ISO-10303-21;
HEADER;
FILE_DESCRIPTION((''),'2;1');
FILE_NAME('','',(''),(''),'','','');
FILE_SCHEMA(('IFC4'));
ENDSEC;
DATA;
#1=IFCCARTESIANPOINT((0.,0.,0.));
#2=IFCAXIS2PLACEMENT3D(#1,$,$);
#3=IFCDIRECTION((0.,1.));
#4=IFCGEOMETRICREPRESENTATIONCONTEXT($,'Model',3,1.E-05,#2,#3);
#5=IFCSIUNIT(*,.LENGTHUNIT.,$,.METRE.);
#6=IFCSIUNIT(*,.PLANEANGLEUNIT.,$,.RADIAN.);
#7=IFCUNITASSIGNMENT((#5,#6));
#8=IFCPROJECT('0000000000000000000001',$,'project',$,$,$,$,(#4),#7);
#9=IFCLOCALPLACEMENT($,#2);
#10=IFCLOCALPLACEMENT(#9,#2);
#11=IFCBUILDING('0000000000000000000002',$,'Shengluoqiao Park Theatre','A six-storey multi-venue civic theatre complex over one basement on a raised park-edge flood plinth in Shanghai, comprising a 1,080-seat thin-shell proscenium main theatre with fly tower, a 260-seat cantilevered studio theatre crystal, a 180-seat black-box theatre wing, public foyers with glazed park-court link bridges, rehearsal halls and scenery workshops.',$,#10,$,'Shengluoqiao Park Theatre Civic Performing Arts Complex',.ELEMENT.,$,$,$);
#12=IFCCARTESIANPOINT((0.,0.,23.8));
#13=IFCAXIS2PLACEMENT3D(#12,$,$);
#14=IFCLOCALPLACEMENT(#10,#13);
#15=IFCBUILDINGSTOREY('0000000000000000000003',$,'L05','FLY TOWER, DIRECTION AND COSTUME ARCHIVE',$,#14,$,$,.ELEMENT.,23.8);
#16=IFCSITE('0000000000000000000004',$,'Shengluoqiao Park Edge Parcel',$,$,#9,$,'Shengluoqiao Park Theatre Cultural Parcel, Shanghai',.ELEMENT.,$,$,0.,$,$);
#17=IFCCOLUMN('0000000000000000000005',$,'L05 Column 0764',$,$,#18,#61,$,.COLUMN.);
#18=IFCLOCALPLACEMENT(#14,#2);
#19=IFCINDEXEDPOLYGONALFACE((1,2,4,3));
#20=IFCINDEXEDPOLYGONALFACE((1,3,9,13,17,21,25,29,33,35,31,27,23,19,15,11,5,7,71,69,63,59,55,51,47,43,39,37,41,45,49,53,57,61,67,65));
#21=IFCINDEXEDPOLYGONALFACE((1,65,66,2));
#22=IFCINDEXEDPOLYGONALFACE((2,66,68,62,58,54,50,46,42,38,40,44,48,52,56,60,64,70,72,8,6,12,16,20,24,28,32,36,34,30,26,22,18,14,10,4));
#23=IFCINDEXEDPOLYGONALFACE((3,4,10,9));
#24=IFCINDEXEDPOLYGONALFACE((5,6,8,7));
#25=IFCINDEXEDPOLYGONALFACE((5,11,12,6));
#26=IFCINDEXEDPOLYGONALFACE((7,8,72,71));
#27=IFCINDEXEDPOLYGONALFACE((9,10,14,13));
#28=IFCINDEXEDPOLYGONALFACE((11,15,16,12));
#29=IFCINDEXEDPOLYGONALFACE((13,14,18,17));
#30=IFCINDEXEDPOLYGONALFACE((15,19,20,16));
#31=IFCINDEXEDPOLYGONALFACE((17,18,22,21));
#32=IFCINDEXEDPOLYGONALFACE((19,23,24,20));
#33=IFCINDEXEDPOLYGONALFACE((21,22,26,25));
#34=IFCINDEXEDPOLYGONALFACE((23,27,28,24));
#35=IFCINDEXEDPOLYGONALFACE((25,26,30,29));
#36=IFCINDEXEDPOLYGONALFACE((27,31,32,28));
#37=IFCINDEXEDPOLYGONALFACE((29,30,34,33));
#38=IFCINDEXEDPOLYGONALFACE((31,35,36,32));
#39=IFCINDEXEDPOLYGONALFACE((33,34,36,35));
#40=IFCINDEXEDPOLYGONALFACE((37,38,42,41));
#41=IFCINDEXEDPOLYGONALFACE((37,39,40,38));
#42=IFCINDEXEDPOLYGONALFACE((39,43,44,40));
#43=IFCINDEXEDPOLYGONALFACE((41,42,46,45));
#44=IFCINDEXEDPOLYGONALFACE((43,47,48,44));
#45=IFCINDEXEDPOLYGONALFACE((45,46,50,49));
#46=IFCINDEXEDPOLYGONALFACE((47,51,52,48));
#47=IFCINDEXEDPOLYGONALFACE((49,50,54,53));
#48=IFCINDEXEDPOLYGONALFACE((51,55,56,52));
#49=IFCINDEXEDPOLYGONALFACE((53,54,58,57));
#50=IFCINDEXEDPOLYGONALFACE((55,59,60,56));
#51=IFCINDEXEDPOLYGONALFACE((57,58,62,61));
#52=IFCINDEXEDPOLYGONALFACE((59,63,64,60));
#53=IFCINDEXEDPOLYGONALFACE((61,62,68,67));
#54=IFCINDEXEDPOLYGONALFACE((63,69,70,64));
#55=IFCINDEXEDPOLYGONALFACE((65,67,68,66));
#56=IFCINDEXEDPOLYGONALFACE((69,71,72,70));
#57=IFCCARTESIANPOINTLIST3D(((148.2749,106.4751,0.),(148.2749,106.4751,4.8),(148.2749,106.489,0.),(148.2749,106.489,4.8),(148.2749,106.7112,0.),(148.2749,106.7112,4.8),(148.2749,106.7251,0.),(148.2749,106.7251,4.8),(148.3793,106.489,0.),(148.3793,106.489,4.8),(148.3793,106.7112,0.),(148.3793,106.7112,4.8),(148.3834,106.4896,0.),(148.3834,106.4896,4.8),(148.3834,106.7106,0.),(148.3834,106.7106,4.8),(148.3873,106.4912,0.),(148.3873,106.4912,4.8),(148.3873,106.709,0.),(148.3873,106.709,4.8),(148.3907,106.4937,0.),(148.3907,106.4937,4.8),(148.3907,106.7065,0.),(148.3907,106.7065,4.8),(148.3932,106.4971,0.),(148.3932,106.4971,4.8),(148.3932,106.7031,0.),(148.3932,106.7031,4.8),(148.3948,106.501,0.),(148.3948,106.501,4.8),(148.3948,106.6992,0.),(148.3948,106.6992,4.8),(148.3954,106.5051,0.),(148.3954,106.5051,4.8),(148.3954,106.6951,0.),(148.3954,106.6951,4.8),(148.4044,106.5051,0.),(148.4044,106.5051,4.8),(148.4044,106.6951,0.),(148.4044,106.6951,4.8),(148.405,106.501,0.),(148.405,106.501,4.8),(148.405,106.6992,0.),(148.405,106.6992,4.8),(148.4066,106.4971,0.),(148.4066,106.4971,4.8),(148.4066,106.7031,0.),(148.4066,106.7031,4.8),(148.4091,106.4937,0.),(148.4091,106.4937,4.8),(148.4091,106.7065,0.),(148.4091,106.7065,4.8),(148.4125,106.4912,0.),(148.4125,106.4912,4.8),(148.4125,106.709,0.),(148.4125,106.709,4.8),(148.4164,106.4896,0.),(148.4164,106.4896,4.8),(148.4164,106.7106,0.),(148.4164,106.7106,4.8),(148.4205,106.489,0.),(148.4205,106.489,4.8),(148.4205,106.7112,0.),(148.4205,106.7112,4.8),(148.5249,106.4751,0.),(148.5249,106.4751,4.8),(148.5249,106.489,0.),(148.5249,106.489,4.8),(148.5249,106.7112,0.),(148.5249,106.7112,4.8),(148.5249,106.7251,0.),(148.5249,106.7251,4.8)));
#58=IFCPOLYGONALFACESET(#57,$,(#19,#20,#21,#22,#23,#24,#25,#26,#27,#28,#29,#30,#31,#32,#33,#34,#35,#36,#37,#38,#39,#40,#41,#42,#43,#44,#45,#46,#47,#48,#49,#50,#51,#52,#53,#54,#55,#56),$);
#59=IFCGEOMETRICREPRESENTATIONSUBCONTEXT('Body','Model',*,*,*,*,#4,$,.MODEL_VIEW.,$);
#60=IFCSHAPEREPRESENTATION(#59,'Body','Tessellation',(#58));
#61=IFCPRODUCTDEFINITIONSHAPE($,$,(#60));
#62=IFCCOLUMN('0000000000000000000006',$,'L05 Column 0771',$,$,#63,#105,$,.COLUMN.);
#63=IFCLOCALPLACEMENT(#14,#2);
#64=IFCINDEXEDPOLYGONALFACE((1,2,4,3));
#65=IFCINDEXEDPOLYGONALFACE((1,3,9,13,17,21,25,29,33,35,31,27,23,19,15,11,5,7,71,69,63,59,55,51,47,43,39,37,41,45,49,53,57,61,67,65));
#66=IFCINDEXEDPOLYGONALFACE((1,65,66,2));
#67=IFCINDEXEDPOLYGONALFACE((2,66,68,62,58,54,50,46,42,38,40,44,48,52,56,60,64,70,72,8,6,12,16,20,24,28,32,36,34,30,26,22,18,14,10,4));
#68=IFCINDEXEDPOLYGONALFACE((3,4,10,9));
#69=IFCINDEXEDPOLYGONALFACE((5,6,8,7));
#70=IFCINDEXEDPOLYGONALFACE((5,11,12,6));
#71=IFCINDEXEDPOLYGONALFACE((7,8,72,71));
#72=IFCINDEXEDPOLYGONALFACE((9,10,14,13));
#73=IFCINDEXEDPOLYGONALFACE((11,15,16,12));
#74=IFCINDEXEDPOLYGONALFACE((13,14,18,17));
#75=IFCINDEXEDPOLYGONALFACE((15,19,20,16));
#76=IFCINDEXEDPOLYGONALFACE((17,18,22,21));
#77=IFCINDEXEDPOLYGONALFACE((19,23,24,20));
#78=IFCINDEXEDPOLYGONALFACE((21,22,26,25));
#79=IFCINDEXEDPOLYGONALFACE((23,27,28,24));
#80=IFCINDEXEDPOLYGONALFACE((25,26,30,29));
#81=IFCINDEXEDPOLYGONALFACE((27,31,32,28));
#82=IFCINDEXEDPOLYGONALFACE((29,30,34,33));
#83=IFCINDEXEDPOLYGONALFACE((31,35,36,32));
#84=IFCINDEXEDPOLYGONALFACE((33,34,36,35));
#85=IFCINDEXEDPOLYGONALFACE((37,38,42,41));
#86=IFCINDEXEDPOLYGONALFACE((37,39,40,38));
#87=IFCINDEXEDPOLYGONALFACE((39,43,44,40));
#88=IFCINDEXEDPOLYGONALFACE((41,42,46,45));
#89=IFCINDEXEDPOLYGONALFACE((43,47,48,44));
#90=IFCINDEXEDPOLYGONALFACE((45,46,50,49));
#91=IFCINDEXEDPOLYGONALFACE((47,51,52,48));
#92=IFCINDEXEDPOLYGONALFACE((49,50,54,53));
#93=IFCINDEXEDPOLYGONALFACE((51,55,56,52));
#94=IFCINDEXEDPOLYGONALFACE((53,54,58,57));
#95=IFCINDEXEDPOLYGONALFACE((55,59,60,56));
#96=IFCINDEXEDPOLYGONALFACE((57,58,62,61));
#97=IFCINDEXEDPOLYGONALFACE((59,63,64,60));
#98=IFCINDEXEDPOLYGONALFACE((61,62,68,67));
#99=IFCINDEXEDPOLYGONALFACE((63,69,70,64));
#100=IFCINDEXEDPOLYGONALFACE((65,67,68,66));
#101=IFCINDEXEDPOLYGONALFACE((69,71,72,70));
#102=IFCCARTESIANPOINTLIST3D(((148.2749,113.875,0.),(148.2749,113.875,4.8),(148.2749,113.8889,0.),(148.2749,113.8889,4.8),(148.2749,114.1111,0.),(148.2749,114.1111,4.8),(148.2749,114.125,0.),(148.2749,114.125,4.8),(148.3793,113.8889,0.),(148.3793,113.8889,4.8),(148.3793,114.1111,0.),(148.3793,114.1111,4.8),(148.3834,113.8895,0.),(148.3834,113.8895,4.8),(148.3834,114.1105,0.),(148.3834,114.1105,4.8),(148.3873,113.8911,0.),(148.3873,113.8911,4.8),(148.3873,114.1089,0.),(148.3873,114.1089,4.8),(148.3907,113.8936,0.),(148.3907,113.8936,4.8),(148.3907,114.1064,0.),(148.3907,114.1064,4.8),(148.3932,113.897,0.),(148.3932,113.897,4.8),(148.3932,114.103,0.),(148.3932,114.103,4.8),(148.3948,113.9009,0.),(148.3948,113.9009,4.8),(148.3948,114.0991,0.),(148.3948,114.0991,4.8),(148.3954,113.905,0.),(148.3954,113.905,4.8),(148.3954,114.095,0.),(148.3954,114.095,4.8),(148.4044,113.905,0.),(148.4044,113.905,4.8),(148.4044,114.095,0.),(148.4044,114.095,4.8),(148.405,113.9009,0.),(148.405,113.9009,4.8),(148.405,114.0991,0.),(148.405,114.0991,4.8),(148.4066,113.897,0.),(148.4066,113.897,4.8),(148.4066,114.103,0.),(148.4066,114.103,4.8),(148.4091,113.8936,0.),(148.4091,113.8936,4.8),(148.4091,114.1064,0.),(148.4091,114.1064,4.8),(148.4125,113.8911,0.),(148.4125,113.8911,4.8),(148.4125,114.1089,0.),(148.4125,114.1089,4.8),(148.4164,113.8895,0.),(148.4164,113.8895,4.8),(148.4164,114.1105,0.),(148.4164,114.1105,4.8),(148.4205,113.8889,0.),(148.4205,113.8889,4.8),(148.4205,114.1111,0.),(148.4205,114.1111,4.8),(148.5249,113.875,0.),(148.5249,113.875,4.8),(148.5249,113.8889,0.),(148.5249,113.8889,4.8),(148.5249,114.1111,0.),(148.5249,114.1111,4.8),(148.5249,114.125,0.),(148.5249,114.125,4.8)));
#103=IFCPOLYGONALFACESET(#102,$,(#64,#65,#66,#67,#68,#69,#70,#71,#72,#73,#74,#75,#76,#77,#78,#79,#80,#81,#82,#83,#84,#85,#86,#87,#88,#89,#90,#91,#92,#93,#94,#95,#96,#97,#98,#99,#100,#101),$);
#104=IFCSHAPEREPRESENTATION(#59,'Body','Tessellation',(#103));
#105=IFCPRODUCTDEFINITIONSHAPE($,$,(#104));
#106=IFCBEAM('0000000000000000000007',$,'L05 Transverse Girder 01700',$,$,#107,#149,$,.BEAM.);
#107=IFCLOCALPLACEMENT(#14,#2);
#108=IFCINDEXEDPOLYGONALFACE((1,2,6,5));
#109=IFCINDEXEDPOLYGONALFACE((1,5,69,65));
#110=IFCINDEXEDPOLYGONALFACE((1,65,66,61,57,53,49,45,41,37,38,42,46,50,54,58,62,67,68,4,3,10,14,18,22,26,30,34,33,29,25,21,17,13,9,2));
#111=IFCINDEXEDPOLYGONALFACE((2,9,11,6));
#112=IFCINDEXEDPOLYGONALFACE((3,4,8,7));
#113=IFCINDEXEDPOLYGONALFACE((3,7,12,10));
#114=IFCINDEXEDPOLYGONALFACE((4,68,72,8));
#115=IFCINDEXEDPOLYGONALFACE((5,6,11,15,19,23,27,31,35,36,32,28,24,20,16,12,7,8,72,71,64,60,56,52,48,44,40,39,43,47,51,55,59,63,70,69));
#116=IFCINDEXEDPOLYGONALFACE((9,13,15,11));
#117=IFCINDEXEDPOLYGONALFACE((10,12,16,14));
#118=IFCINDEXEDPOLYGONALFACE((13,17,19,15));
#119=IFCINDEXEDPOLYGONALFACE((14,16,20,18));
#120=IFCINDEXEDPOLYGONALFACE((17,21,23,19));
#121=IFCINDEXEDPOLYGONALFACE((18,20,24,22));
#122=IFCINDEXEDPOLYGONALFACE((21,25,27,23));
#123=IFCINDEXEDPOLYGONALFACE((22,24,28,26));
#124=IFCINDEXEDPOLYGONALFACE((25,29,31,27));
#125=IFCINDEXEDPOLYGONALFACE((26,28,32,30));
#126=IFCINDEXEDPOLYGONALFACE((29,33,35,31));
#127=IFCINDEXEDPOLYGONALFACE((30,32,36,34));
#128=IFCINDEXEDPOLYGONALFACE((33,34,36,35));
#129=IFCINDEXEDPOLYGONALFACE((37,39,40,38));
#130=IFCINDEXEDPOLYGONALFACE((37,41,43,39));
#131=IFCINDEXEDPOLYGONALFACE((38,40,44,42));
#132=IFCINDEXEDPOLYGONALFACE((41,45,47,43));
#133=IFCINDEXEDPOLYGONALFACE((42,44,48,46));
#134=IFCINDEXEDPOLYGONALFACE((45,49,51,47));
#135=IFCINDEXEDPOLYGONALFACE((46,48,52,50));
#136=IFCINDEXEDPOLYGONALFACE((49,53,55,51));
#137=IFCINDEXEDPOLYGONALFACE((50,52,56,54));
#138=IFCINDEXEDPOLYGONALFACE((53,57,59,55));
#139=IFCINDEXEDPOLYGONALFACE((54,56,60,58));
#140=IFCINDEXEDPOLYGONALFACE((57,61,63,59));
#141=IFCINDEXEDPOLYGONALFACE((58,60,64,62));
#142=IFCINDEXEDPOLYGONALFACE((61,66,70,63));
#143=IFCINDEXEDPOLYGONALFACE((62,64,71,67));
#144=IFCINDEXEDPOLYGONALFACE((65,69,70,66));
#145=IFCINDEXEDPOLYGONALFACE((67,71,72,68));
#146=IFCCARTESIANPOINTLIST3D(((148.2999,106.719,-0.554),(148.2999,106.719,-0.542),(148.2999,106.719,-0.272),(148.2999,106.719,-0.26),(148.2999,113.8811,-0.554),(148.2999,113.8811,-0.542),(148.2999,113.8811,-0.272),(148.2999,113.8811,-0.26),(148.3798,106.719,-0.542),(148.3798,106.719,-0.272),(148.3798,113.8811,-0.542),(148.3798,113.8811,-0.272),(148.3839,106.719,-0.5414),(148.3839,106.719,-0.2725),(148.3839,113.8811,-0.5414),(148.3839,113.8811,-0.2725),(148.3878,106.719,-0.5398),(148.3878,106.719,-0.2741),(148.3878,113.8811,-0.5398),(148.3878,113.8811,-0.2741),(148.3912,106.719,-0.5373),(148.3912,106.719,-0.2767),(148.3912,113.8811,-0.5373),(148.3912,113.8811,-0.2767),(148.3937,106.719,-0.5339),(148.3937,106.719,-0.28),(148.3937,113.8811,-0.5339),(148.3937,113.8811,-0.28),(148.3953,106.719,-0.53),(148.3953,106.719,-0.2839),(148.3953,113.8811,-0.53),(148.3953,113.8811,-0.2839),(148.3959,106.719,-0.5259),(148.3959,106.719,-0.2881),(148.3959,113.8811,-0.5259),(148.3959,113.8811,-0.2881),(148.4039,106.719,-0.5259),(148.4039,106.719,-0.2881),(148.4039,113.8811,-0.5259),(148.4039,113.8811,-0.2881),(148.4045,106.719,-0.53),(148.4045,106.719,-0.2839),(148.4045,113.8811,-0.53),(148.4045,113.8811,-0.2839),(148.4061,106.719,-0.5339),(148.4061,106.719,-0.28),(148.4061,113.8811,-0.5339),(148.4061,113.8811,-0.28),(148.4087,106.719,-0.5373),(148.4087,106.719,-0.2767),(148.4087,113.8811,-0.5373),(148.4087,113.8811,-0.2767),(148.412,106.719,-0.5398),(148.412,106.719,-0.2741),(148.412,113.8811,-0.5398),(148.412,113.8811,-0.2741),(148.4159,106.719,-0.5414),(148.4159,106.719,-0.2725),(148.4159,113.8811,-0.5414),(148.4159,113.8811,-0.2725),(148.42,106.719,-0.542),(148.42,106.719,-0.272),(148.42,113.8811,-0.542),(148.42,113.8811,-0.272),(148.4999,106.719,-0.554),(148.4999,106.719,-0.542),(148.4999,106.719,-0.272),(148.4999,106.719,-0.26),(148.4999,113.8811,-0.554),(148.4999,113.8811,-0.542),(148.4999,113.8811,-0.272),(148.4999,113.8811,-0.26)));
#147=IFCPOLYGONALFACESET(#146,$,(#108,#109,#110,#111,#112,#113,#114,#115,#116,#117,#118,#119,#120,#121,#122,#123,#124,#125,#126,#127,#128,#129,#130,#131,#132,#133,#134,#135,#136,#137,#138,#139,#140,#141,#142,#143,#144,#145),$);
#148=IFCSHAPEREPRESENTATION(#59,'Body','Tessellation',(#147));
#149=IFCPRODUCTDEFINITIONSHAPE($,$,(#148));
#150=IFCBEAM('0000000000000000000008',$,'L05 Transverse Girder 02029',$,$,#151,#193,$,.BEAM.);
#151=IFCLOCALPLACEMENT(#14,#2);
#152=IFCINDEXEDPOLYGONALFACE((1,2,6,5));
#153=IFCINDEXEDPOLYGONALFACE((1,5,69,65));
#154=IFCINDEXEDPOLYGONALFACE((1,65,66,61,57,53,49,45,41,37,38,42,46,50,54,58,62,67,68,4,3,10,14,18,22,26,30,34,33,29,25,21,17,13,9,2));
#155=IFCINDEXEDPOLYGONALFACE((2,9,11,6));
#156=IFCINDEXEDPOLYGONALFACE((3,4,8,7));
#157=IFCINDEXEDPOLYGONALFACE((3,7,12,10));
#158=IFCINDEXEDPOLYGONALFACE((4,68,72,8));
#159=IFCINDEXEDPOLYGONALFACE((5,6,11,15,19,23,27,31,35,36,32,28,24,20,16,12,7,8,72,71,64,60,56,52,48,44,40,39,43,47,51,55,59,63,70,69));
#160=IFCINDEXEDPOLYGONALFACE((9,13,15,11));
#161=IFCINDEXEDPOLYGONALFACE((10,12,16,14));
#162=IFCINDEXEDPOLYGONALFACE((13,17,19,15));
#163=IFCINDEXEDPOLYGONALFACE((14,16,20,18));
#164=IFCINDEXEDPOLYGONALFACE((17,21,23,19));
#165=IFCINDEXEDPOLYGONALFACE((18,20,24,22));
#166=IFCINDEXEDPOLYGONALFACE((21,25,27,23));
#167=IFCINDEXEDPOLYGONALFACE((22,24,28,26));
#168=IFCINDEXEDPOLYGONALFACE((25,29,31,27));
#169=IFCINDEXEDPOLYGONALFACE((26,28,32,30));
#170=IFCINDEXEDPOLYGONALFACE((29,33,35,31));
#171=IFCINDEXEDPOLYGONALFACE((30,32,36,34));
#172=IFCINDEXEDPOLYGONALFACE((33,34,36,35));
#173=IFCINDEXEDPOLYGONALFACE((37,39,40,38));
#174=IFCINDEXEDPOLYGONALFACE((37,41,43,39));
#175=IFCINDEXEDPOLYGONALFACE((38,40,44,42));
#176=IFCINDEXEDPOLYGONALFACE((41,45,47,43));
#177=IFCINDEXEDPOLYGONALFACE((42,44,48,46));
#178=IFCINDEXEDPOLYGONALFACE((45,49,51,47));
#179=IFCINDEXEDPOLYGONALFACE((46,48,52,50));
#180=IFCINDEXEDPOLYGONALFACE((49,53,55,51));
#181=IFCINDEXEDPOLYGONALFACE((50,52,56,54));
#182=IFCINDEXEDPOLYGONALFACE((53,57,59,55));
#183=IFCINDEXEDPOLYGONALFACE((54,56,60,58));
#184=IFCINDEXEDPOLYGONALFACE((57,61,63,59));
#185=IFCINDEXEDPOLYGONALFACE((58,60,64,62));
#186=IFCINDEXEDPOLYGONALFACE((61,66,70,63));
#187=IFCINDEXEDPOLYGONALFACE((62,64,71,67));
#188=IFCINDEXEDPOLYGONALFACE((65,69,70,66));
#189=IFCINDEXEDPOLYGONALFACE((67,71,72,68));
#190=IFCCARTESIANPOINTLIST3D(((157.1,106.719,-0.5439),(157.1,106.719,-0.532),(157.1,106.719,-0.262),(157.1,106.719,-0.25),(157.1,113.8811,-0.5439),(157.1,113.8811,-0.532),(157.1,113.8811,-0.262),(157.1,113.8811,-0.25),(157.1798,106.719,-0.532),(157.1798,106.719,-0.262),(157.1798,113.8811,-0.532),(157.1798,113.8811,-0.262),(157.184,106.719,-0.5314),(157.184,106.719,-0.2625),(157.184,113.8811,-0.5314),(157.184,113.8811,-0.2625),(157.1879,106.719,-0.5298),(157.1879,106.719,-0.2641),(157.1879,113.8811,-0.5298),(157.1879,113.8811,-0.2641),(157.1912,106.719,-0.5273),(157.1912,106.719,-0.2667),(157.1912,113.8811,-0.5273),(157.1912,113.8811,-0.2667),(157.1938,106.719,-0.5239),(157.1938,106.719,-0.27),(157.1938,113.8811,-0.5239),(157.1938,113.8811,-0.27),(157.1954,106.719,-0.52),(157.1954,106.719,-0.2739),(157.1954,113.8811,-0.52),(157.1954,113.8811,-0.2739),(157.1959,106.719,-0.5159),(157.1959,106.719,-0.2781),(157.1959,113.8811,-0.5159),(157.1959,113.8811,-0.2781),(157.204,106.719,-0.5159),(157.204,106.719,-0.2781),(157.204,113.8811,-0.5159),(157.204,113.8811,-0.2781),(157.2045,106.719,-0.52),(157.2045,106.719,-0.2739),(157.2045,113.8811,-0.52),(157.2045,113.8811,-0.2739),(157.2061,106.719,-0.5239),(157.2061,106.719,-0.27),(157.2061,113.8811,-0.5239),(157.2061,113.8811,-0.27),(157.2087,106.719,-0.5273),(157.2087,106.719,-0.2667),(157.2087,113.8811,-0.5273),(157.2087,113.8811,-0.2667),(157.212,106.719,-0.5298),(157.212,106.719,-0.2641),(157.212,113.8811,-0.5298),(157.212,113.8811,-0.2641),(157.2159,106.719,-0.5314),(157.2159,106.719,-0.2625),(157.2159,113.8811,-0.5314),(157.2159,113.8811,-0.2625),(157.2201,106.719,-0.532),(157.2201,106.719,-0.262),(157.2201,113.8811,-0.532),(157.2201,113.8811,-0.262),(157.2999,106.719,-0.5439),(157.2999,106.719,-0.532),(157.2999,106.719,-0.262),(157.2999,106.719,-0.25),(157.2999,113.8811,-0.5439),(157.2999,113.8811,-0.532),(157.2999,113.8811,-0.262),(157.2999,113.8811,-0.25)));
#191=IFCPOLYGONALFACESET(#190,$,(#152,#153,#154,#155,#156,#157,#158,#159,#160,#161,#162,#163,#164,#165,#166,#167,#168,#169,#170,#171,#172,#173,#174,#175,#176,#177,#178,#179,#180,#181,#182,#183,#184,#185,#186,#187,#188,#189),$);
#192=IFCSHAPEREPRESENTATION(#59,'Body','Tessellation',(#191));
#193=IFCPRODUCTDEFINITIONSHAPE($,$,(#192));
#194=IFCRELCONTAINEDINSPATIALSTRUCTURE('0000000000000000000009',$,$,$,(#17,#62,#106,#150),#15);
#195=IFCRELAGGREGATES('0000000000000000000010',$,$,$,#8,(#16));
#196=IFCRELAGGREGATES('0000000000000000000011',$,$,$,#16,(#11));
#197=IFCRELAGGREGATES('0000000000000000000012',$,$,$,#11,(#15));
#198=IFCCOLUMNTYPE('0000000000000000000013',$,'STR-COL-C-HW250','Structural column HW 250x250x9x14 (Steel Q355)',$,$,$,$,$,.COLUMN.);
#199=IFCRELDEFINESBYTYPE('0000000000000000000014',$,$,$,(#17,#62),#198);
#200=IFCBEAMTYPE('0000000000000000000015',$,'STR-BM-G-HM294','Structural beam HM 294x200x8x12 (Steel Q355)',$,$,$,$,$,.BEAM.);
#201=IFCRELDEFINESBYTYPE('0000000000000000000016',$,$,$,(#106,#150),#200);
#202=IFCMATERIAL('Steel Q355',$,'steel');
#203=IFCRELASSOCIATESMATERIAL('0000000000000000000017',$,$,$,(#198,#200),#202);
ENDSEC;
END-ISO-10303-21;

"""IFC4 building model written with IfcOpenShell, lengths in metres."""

from ifc_helpers import new_model, si_unit, direction, frame, origin, origin_2d, place, context, subcontext, project, spatial, i_section, extrude, material, material_profile, profile_set, type_object, element, save


model = new_model("IFC4")

# Units and contexts
model_context = context("Model", 3, precision=1e-05, world=origin(), true_north=direction((0.0, 1.0)))
body_context = subcontext(model_context, "Body", "Model", "MODEL_VIEW")
ifc_project = project(units=[si_unit("LENGTHUNIT", "METRE"), si_unit("PLANEANGLEUNIT", "RADIAN")], contexts=[model_context])

# Site, building, storey
site_placement = place(None, origin())
site = spatial("IfcSite", under=ifc_project, at=site_placement, Name="Shengluoqiao Park Edge Parcel", LongName="Shengluoqiao Park Theatre Cultural Parcel, Shanghai", CompositionType="ELEMENT", RefElevation=0.0)
building_placement = place(site_placement, origin())
building = spatial("IfcBuilding", under=site, at=building_placement, Name="Shengluoqiao Park Theatre", Description="A six-storey multi-venue civic theatre complex over one basement on a raised park-edge flood plinth in Shanghai, comprising a 1,080-seat thin-shell proscenium main theatre with fly tower, a 260-seat cantilevered studio theatre crystal, a 180-seat black-box theatre wing, public foyers with glazed park-court link bridges, rehearsal halls and scenery workshops.", LongName="Shengluoqiao Park Theatre Civic Performing Arts Complex", CompositionType="ELEMENT")
storey_placement = place(building_placement, frame((0.0, 0.0, 23.8)))
storey = spatial("IfcBuildingStorey", under=building, at=storey_placement, Name="L05", Description="FLY TOWER, DIRECTION AND COSTUME ARCHIVE", CompositionType="ELEMENT", Elevation=23.8)

# Columns
ifc_material_1 = material(Name="Steel Q355", Category="steel")
ifc_material_profile_1 = material_profile(ifc_material_1, i_section(OverallWidth=0.25, OverallDepth=0.25, WebThickness=0.009, FlangeThickness=0.0139, FilletRadius=0.0161, at=origin_2d()), Name="HW 250x250x9x14")
ifc_profile_set_1 = profile_set([ifc_material_profile_1], Name="Steel Q355")
column_type = type_object("IfcColumnType", Name="STR-COL-C-HW250", Description="Structural column HW 250x250x9x14 (Steel Q355)", PredefinedType="COLUMN", material=ifc_profile_set_1)
for number, where, z_axis, x_axis, name in (
    (1, (148.3999, 106.6001, 0.0), (0.0, 0.0, 1.0), (1.0, 0.0, 0.0), "L05 Column 0764"),
    (2, (148.3999, 114.0, 0.0), (0.0, 0.0, 1.0), (1.0, 0.0, 0.0), "L05 Column 0771"),
):
    element("IfcColumn", number, at=place(storey_placement, frame(where, z_axis=z_axis, x_axis=x_axis)), inside=storey, type_object=column_type, Name=name, PredefinedType="COLUMN", context=body_context, shape_type="SweptSolid", body=[
        extrude(i_section(OverallWidth=0.25, OverallDepth=0.25, WebThickness=0.009, FlangeThickness=0.0139, FilletRadius=0.0161, at=origin_2d()), origin(), (0.0, 0.0, 1.0), 4.8),
    ])

# Beams
ifc_material_profile_2 = material_profile(ifc_material_1, i_section(OverallWidth=0.2, OverallDepth=0.2939, WebThickness=0.0081, FlangeThickness=0.012, FilletRadius=0.0161, at=origin_2d()), Name="HM 294x200x8x12")
ifc_profile_set_2 = profile_set([ifc_material_profile_2], Name="Steel Q355")
beam_type_1 = type_object("IfcBeamType", Name="STR-BM-G-HM294", Description="Structural beam HM 294x200x8x12 (Steel Q355)", PredefinedType="BEAM", material=ifc_profile_set_2)
for number, where, z_axis, x_axis, name in (
    (3, (148.3999, 106.719, -0.407), (0.0, 1.0, 0.0), (-1.0, 0.0, 0.0), "L05 Transverse Girder 01700"),
    (4, (157.2, 106.719, -0.397), (0.0, 1.0, 0.0), (-1.0, 0.0, 0.0), "L05 Transverse Girder 02029"),
):
    element("IfcBeam", number, at=place(storey_placement, frame(where, z_axis=z_axis, x_axis=x_axis)), inside=storey, type_object=beam_type_1, Name=name, PredefinedType="BEAM", context=body_context, shape_type="SweptSolid", body=[
        extrude(i_section(OverallWidth=0.2, OverallDepth=0.2939, WebThickness=0.0081, FlangeThickness=0.012, FilletRadius=0.0161, at=origin_2d()), origin(), (0.0, 0.0, 1.0), 7.1621),
    ])

save(model, "model.ifc")
